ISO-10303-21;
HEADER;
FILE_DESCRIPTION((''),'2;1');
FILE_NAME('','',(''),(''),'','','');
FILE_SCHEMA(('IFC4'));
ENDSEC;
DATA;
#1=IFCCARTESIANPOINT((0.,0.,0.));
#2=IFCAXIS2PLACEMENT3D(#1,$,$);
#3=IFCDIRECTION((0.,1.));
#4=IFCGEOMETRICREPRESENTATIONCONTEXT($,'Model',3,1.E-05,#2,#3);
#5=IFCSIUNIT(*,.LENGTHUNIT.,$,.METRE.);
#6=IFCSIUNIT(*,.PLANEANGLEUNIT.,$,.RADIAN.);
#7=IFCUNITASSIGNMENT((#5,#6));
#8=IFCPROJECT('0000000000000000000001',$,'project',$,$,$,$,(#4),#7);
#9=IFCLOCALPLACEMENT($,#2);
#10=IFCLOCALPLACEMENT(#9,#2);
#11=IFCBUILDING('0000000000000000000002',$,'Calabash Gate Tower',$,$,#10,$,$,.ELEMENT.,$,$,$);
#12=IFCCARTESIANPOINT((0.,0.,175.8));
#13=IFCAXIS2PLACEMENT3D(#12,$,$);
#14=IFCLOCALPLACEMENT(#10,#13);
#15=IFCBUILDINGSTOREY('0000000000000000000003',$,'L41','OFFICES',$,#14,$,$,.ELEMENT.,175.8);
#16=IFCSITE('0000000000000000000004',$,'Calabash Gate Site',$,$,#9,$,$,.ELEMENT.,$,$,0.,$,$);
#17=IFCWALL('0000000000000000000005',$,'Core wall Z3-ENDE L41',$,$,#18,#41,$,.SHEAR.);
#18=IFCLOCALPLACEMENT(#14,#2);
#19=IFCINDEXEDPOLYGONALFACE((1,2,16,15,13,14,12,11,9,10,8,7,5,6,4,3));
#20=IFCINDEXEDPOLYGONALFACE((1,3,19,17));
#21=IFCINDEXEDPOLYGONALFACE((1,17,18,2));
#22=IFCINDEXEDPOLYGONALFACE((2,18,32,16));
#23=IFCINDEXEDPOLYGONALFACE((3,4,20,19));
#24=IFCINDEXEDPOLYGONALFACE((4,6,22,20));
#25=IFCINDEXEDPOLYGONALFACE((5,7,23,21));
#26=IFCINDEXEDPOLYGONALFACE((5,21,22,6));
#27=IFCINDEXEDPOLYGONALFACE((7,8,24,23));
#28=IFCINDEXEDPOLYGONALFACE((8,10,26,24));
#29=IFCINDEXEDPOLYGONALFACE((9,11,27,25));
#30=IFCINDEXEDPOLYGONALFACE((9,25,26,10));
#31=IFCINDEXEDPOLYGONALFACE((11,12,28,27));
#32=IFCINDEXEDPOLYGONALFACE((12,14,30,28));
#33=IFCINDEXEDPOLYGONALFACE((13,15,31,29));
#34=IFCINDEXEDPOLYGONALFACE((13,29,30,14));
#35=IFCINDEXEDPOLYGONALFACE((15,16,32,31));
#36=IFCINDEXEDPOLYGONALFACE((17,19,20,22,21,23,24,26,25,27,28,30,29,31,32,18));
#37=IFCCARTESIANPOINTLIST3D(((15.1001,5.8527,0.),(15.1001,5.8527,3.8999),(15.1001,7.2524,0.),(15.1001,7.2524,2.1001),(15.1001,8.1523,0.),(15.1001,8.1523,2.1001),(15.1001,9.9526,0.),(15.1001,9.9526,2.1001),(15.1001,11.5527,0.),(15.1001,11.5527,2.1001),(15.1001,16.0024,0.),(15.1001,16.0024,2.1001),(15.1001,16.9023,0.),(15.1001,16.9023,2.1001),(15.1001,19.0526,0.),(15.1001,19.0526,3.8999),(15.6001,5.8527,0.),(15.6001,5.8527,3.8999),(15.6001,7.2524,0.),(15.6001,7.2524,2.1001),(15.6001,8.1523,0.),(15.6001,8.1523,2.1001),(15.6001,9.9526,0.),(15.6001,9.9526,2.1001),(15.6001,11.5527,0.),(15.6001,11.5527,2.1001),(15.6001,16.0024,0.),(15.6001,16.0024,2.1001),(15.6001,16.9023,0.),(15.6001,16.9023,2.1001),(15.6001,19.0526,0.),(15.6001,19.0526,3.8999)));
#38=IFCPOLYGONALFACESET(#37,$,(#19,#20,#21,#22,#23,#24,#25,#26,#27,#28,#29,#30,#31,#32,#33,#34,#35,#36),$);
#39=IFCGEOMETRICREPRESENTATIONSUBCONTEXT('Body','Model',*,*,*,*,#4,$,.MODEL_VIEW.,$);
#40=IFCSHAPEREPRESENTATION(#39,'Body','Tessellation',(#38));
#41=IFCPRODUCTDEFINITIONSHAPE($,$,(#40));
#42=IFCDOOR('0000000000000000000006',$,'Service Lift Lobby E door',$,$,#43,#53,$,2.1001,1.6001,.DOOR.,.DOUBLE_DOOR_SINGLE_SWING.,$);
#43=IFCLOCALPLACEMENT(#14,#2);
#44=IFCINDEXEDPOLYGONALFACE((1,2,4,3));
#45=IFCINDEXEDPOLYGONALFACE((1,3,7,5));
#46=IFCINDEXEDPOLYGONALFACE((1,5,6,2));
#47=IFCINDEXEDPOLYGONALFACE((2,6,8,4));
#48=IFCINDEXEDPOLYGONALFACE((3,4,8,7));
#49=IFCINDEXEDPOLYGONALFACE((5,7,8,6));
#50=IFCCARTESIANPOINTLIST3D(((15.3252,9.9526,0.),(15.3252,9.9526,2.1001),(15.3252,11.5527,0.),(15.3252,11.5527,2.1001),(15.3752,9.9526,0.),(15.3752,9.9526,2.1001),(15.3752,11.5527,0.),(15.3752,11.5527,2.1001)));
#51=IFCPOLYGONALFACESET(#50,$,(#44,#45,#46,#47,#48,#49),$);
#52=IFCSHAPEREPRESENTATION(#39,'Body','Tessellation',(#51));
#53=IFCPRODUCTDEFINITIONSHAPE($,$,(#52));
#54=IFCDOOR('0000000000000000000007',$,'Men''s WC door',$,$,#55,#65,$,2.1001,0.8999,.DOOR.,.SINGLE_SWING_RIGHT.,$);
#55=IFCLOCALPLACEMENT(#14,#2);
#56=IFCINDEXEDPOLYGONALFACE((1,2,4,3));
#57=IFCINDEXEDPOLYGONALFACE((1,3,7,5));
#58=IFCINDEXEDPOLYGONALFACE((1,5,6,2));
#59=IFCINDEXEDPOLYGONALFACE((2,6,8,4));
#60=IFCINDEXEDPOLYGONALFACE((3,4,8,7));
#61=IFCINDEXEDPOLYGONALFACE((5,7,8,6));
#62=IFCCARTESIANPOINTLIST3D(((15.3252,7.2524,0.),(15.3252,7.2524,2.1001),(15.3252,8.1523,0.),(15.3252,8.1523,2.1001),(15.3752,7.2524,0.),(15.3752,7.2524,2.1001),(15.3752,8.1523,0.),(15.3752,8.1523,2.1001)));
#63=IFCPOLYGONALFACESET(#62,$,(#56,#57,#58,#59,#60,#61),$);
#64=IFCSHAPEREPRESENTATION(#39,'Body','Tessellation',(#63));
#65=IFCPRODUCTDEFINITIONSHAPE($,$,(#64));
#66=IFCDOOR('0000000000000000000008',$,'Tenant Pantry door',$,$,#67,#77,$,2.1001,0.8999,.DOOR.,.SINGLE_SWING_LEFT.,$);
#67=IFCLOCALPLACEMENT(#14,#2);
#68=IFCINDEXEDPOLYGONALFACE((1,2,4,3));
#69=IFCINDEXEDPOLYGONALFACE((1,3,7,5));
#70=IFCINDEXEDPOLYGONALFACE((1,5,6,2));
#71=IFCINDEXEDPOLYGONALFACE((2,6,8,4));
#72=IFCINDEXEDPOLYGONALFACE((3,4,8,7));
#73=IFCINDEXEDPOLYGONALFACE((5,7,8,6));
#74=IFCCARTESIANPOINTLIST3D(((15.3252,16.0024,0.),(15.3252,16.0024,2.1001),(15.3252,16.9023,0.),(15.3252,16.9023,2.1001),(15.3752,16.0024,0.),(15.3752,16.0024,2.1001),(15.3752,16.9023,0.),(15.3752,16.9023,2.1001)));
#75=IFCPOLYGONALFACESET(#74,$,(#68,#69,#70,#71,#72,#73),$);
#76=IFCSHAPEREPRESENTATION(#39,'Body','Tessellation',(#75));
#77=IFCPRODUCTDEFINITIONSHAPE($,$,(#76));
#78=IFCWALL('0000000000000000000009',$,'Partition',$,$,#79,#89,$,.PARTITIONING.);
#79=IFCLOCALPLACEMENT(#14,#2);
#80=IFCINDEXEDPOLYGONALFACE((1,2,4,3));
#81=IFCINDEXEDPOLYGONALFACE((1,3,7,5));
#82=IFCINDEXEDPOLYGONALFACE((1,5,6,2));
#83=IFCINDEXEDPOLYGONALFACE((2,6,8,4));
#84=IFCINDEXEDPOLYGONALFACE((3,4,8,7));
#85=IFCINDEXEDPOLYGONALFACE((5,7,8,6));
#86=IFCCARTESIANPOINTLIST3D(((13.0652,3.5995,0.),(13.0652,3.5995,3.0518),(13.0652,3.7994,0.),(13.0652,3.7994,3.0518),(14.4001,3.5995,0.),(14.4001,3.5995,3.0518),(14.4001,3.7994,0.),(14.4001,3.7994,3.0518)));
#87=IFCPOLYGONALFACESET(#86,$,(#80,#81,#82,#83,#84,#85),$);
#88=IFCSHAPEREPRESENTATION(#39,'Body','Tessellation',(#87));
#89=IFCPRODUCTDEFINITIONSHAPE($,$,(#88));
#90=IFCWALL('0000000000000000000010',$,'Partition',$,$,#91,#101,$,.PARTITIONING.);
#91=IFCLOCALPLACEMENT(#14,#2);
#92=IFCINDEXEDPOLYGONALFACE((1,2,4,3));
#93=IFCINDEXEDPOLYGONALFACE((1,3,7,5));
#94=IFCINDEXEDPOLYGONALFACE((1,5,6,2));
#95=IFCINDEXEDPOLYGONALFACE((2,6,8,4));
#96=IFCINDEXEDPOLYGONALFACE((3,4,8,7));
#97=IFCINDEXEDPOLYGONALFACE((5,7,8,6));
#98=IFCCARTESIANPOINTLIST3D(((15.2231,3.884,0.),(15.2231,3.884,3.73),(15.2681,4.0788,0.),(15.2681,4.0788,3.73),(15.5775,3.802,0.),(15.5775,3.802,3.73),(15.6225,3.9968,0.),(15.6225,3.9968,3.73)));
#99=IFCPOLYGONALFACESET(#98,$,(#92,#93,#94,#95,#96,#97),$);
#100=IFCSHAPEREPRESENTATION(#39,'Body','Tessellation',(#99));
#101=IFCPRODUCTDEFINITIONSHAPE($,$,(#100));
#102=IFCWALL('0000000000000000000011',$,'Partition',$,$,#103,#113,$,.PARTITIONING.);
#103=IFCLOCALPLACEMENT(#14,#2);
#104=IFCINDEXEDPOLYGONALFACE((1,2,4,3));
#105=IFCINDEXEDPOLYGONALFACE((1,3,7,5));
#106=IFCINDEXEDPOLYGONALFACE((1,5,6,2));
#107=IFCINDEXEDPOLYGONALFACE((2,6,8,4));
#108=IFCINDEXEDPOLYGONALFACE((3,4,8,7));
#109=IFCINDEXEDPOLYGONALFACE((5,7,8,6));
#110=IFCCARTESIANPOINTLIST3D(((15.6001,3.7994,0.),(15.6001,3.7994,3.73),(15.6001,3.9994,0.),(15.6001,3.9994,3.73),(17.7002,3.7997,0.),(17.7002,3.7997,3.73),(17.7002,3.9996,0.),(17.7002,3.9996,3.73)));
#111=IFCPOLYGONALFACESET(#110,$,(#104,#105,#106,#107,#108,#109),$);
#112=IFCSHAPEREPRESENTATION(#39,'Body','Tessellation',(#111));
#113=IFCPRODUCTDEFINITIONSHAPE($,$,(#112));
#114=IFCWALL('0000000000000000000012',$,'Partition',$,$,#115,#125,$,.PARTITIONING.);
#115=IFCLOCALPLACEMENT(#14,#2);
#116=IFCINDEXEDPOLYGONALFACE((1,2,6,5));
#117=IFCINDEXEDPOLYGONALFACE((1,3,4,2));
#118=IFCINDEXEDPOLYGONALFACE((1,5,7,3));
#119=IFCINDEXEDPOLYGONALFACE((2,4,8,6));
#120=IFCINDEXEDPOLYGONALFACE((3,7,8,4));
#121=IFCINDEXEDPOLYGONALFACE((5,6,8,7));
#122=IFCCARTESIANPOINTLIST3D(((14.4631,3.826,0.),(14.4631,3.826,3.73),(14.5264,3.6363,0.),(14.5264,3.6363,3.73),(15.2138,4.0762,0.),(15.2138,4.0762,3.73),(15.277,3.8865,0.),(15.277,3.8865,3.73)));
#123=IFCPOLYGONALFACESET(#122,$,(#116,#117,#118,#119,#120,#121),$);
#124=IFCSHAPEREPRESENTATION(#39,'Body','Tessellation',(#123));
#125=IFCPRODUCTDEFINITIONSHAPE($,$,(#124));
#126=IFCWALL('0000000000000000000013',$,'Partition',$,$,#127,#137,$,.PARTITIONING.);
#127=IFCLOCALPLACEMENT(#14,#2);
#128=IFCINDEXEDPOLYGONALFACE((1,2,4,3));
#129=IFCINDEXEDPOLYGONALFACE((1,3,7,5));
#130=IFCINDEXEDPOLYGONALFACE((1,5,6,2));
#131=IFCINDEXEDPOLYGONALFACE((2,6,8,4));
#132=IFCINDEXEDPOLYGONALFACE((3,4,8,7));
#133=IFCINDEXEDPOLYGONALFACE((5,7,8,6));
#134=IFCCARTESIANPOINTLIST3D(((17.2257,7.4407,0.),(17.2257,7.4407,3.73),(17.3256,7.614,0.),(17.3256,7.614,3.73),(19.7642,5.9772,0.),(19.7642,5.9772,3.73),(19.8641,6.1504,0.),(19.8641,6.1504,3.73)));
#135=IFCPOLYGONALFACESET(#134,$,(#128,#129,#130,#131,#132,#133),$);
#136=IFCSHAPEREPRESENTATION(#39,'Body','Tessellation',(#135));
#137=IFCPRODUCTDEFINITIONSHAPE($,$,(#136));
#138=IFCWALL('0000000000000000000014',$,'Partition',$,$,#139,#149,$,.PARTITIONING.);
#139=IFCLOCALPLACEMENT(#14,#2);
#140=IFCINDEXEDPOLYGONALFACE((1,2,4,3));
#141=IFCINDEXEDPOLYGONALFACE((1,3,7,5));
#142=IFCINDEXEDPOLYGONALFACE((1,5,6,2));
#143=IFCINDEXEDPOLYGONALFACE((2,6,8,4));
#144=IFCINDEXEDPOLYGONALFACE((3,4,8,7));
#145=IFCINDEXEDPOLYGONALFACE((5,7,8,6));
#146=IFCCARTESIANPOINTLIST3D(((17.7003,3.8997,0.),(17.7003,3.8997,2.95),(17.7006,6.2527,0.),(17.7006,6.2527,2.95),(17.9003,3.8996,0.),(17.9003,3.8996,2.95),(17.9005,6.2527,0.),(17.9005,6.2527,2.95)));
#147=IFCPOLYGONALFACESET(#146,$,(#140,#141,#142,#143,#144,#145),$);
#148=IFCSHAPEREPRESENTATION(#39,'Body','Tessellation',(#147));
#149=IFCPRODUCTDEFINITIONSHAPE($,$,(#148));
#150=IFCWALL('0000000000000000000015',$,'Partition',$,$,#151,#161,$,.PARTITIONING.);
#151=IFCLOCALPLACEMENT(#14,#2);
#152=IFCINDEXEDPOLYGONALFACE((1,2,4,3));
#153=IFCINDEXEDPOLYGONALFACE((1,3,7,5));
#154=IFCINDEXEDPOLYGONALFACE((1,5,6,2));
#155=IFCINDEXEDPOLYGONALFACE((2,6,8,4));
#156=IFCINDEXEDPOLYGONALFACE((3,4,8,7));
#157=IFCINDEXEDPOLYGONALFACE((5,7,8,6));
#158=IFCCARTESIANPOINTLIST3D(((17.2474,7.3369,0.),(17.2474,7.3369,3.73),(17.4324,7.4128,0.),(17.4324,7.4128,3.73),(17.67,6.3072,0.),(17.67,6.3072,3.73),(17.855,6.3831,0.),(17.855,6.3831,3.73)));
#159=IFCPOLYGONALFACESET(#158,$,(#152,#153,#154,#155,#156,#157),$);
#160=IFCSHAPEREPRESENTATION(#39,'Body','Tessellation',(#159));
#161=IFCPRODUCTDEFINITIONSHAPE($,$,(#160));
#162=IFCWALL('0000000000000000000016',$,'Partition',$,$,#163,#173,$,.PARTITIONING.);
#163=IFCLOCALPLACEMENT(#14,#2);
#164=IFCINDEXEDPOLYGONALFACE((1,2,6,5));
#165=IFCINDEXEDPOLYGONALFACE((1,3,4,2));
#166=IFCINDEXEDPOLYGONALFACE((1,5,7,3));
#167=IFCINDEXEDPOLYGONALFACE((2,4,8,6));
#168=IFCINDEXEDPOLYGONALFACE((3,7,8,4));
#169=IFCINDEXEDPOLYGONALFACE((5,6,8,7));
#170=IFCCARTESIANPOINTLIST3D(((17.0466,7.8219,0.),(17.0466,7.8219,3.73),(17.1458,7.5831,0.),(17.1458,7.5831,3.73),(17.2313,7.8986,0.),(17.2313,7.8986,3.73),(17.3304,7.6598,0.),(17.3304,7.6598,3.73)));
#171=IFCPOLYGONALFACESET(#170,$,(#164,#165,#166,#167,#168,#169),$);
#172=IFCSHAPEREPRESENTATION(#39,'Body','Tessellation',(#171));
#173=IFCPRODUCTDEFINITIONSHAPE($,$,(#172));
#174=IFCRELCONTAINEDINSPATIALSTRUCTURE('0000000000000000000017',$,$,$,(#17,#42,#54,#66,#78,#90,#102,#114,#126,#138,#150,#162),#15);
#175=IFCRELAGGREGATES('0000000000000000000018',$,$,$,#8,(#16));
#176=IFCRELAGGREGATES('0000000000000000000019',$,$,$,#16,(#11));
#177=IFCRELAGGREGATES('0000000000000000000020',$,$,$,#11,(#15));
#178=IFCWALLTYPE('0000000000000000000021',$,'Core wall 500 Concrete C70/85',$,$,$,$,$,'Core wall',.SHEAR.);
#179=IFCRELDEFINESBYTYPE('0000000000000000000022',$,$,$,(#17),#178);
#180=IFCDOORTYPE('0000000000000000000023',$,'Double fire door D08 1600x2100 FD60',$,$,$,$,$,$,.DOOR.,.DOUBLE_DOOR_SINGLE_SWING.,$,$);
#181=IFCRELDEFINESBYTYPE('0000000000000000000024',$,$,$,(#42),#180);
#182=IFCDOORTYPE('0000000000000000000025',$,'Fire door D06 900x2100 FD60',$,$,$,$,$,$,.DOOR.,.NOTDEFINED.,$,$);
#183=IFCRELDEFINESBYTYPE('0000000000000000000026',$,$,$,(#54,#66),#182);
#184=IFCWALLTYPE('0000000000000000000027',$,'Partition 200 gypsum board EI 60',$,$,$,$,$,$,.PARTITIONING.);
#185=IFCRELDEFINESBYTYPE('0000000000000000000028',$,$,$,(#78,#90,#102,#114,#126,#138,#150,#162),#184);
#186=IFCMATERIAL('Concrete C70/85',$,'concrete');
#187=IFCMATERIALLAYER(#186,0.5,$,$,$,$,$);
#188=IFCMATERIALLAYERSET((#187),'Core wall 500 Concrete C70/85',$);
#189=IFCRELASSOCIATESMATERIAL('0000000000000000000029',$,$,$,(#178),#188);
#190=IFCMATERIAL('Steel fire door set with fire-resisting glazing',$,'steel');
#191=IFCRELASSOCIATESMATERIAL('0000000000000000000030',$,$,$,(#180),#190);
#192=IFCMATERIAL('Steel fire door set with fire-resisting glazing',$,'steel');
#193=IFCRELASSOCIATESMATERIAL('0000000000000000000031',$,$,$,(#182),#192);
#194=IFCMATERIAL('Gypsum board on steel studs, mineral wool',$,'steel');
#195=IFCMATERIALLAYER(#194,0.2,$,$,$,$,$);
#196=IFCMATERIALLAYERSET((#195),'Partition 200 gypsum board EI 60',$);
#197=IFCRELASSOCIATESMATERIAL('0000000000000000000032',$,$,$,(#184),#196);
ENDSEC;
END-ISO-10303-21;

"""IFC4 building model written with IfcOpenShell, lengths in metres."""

from ifc_helpers import new_model, si_unit, direction, frame, frame_2d, origin, place, context, subcontext, project, spatial, rectangle, extrude, material, layer, layer_set, type_object, element, fill, save


model = new_model("IFC4")

# Units and contexts
model_context = context("Model", 3, precision=1e-05, world=origin(), true_north=direction((0.0, 1.0)))
body_context = subcontext(model_context, "Body", "Model", "MODEL_VIEW")
ifc_project = project(units=[si_unit("LENGTHUNIT", "METRE"), si_unit("PLANEANGLEUNIT", "RADIAN")], contexts=[model_context])

# Site, building, storey
site_placement = place(None, origin())
site = spatial("IfcSite", under=ifc_project, at=site_placement, Name="Calabash Gate Site", CompositionType="ELEMENT", RefElevation=0.0)
building_placement = place(site_placement, origin())
building = spatial("IfcBuilding", under=site, at=building_placement, Name="Calabash Gate Tower", CompositionType="ELEMENT")
storey_placement = place(building_placement, frame((0.0, 0.0, 175.8)))
storey = spatial("IfcBuildingStorey", under=building, at=storey_placement, Name="L41", Description="OFFICES", CompositionType="ELEMENT", Elevation=175.8)

# Wall, openings, doors
ifc_material_1 = material(Name="Concrete C70/85", Category="concrete")
ifc_layer_1 = layer(ifc_material_1, 0.5)
ifc_layer_set_1 = layer_set([ifc_layer_1], Name="Core wall 500 Concrete C70/85")
wall_type_1 = type_object("IfcWallType", Name="Core wall 500 Concrete C70/85", ElementType="Core wall", PredefinedType="SHEAR", material=ifc_layer_set_1)
wall_1_placement = place(storey_placement, frame((15.3501, 5.8525, 0.0), z_axis=(0.0, 0.0, 1.0), x_axis=(0.0, 1.0, 0.0)))
wall_1 = element("IfcWall", 1, at=wall_1_placement, inside=storey, type_object=wall_type_1, Name="Core wall Z3-ENDE L41", PredefinedType="SHEAR", context=body_context, shape_type="SweptSolid", body=[
    extrude(rectangle(XDim=13.2, YDim=0.5, at=frame_2d((6.6001, 0.0))), origin(), (0.0, 0.0, 1.0), 3.8999),
])
opening_1_placement = place(wall_1_placement, frame((4.1001, 0.0, 0.0)))
opening_1 = element("IfcOpeningElement", 2, at=opening_1_placement, cuts=wall_1, PredefinedType="OPENING", context=body_context, shape_type="SweptSolid", body=[
    extrude(rectangle(XDim=1.6001, YDim=2.1001, at=frame_2d((0.8, 1.05))), frame((0.0, 0.26, 0.0), z_axis=(0.0, -1.0, 0.0), x_axis=(1.0, 0.0, 0.0)), (0.0, 0.0, 1.0), 0.52),
])
opening_2_placement = place(wall_1_placement, frame((1.3999, 0.0, 0.0)))
opening_2 = element("IfcOpeningElement", 3, at=opening_2_placement, cuts=wall_1, PredefinedType="OPENING", context=body_context, shape_type="SweptSolid", body=[
    extrude(rectangle(XDim=0.8999, YDim=2.1001, at=frame_2d((0.45, 1.05))), frame((0.0, 0.26, 0.0), z_axis=(0.0, -1.0, 0.0), x_axis=(1.0, 0.0, 0.0)), (0.0, 0.0, 1.0), 0.52),
])
opening_3_placement = place(wall_1_placement, frame((10.1499, 0.0, 0.0)))
opening_3 = element("IfcOpeningElement", 4, at=opening_3_placement, cuts=wall_1, PredefinedType="OPENING", context=body_context, shape_type="SweptSolid", body=[
    extrude(rectangle(XDim=0.8999, YDim=2.1001, at=frame_2d((0.45, 1.05))), frame((0.0, 0.26, 0.0), z_axis=(0.0, -1.0, 0.0), x_axis=(1.0, 0.0, 0.0)), (0.0, 0.0, 1.0), 0.52),
])
ifc_material_2 = material(Name="Steel fire door set with fire-resisting glazing", Category="steel")
door_type_1 = type_object("IfcDoorType", Name="Double fire door D08 1600x2100 FD60", OperationType="DOUBLE_DOOR_SINGLE_SWING", PredefinedType="DOOR", material=ifc_material_2)
door_1_placement = place(opening_1_placement, origin())
door_1 = element("IfcDoor", 5, at=door_1_placement, inside=storey, type_object=door_type_1, Name="Service Lift Lobby E door", OperationType="DOUBLE_DOOR_SINGLE_SWING", OverallHeight=2.1001, OverallWidth=1.6001, PredefinedType="DOOR", context=body_context, shape_type="SweptSolid", body=[
    extrude(rectangle(XDim=1.6001, YDim=2.1001, at=frame_2d((0.8, 1.05))), frame((0.0, 0.0249, 0.0), z_axis=(0.0, -1.0, 0.0), x_axis=(1.0, 0.0, 0.0)), (0.0, 0.0, 1.0), 0.05),
])
fill(opening_1, door_1)
ifc_material_3 = material(Name="Steel fire door set with fire-resisting glazing", Category="steel")
door_type_2 = type_object("IfcDoorType", Name="Fire door D06 900x2100 FD60", OperationType="NOTDEFINED", PredefinedType="DOOR", material=ifc_material_3)
door_2_placement = place(opening_2_placement, origin())
door_2 = element("IfcDoor", 6, at=door_2_placement, inside=storey, type_object=door_type_2, Name="Men's WC door", OperationType="SINGLE_SWING_RIGHT", OverallHeight=2.1001, OverallWidth=0.8999, PredefinedType="DOOR", context=body_context, shape_type="SweptSolid", body=[
    extrude(rectangle(XDim=0.8999, YDim=2.1001, at=frame_2d((0.45, 1.05))), frame((0.0, 0.0249, 0.0), z_axis=(0.0, -1.0, 0.0), x_axis=(1.0, 0.0, 0.0)), (0.0, 0.0, 1.0), 0.05),
])
fill(opening_2, door_2)
door_3_placement = place(opening_3_placement, origin())
door_3 = element("IfcDoor", 7, at=door_3_placement, inside=storey, type_object=door_type_2, Name="Tenant Pantry door", OperationType="SINGLE_SWING_LEFT", OverallHeight=2.1001, OverallWidth=0.8999, PredefinedType="DOOR", context=body_context, shape_type="SweptSolid", body=[
    extrude(rectangle(XDim=0.8999, YDim=2.1001, at=frame_2d((0.45, 1.05))), frame((0.0, 0.0249, 0.0), z_axis=(0.0, -1.0, 0.0), x_axis=(1.0, 0.0, 0.0)), (0.0, 0.0, 1.0), 0.05),
])
fill(opening_3, door_3)

# Walls
ifc_material_4 = material(Name="Gypsum board on steel studs, mineral wool", Category="steel")
ifc_layer_2 = layer(ifc_material_4, 0.2)
ifc_layer_set_2 = layer_set([ifc_layer_2], Name="Partition 200 gypsum board EI 60")
wall_type_2 = type_object("IfcWallType", Name="Partition 200 gypsum board EI 60", PredefinedType="PARTITIONING", material=ifc_layer_set_2)
wall_2_placement = place(storey_placement, frame((13.0652, 3.6995, 0.0), z_axis=(0.0, 0.0, 1.0), x_axis=(1.0, 0.0, 0.0)))
element("IfcWall", 8, at=wall_2_placement, inside=storey, type_object=wall_type_2, Name="Partition", PredefinedType="PARTITIONING", context=body_context, shape_type="SweptSolid", body=[
    extrude(rectangle(XDim=1.335, YDim=0.2, at=frame_2d((0.6675, 0.0))), origin(), (0.0, 0.0, 1.0), 3.0518),
])
wall_3_placement = place(storey_placement, frame((15.2456, 3.9814, 0.0), z_axis=(0.0, 0.0, 1.0), x_axis=(0.974255, -0.225448, 0.0)))
element("IfcWall", 9, at=wall_3_placement, inside=storey, type_object=wall_type_2, Name="Partition", PredefinedType="PARTITIONING", context=body_context, shape_type="SweptSolid", body=[
    extrude(rectangle(XDim=0.3638, YDim=0.2, at=frame_2d((0.1819, 0.0))), origin(), (0.0, 0.0, 1.0), 3.73),
])
wall_4_placement = place(storey_placement, frame((15.6001, 3.8994, 0.0), z_axis=(0.0, 0.0, 1.0), x_axis=(1.0, 0.000116, 0.0)))
element("IfcWall", 10, at=wall_4_placement, inside=storey, type_object=wall_type_2, Name="Partition", PredefinedType="PARTITIONING", context=body_context, shape_type="SweptSolid", body=[
    extrude(rectangle(XDim=2.1001, YDim=0.2, at=frame_2d((1.05, 0.0))), origin(), (0.0, 0.0, 1.0), 3.73),
])
wall_5_placement = place(storey_placement, frame((14.4949, 3.7312, 0.0), z_axis=(0.0, 0.0, 1.0), x_axis=(0.948683, 0.316228, 0.0)))
element("IfcWall", 11, at=wall_5_placement, inside=storey, type_object=wall_type_2, Name="Partition", PredefinedType="PARTITIONING", context=body_context, shape_type="SweptSolid", body=[
    extrude(rectangle(XDim=0.7913, YDim=0.2, at=frame_2d((0.3955, 0.0))), origin(), (0.0, 0.0, 1.0), 3.73),
])
wall_6_placement = place(storey_placement, frame((17.2756, 7.5273, 0.0), z_axis=(0.0, 0.0, 1.0), x_axis=(0.866324, -0.499482, 0.0)))
element("IfcWall", 12, at=wall_6_placement, inside=storey, type_object=wall_type_2, Name="Partition", PredefinedType="PARTITIONING", context=body_context, shape_type="SweptSolid", body=[
    extrude(rectangle(XDim=2.9302, YDim=0.2, at=frame_2d((1.4651, 0.0))), origin(), (0.0, 0.0, 1.0), 3.73),
])
wall_7_placement = place(storey_placement, frame((17.8003, 3.8997, 0.0), z_axis=(0.0, 0.0, 1.0), x_axis=(0.000104, 1.0, 0.0)))
element("IfcWall", 13, at=wall_7_placement, inside=storey, type_object=wall_type_2, Name="Partition", PredefinedType="PARTITIONING", context=body_context, shape_type="SweptSolid", body=[
    extrude(rectangle(XDim=2.353, YDim=0.2, at=frame_2d((1.1765, 0.0))), origin(), (0.0, 0.0, 1.0), 2.95),
])
wall_8_placement = place(storey_placement, frame((17.3398, 7.375, 0.0), z_axis=(0.0, 0.0, 1.0), x_axis=(0.379657, -0.925127, 0.0)))
element("IfcWall", 14, at=wall_8_placement, inside=storey, type_object=wall_type_2, Name="Partition", PredefinedType="PARTITIONING", context=body_context, shape_type="SweptSolid", body=[
    extrude(rectangle(XDim=1.113, YDim=0.2, at=frame_2d((0.5566, 0.0))), origin(), (0.0, 0.0, 1.0), 3.73),
])
wall_9_placement = place(storey_placement, frame((17.1389, 7.8604, 0.0), z_axis=(0.0, 0.0, 1.0), x_axis=(0.383408, -0.923579, 0.0)))
element("IfcWall", 15, at=wall_9_placement, inside=storey, type_object=wall_type_2, Name="Partition", PredefinedType="PARTITIONING", context=body_context, shape_type="SweptSolid", body=[
    extrude(rectangle(XDim=0.2585, YDim=0.2, at=frame_2d((0.1294, 0.0))), origin(), (0.0, 0.0, 1.0), 3.73),
])

save(model, "model.ifc")
